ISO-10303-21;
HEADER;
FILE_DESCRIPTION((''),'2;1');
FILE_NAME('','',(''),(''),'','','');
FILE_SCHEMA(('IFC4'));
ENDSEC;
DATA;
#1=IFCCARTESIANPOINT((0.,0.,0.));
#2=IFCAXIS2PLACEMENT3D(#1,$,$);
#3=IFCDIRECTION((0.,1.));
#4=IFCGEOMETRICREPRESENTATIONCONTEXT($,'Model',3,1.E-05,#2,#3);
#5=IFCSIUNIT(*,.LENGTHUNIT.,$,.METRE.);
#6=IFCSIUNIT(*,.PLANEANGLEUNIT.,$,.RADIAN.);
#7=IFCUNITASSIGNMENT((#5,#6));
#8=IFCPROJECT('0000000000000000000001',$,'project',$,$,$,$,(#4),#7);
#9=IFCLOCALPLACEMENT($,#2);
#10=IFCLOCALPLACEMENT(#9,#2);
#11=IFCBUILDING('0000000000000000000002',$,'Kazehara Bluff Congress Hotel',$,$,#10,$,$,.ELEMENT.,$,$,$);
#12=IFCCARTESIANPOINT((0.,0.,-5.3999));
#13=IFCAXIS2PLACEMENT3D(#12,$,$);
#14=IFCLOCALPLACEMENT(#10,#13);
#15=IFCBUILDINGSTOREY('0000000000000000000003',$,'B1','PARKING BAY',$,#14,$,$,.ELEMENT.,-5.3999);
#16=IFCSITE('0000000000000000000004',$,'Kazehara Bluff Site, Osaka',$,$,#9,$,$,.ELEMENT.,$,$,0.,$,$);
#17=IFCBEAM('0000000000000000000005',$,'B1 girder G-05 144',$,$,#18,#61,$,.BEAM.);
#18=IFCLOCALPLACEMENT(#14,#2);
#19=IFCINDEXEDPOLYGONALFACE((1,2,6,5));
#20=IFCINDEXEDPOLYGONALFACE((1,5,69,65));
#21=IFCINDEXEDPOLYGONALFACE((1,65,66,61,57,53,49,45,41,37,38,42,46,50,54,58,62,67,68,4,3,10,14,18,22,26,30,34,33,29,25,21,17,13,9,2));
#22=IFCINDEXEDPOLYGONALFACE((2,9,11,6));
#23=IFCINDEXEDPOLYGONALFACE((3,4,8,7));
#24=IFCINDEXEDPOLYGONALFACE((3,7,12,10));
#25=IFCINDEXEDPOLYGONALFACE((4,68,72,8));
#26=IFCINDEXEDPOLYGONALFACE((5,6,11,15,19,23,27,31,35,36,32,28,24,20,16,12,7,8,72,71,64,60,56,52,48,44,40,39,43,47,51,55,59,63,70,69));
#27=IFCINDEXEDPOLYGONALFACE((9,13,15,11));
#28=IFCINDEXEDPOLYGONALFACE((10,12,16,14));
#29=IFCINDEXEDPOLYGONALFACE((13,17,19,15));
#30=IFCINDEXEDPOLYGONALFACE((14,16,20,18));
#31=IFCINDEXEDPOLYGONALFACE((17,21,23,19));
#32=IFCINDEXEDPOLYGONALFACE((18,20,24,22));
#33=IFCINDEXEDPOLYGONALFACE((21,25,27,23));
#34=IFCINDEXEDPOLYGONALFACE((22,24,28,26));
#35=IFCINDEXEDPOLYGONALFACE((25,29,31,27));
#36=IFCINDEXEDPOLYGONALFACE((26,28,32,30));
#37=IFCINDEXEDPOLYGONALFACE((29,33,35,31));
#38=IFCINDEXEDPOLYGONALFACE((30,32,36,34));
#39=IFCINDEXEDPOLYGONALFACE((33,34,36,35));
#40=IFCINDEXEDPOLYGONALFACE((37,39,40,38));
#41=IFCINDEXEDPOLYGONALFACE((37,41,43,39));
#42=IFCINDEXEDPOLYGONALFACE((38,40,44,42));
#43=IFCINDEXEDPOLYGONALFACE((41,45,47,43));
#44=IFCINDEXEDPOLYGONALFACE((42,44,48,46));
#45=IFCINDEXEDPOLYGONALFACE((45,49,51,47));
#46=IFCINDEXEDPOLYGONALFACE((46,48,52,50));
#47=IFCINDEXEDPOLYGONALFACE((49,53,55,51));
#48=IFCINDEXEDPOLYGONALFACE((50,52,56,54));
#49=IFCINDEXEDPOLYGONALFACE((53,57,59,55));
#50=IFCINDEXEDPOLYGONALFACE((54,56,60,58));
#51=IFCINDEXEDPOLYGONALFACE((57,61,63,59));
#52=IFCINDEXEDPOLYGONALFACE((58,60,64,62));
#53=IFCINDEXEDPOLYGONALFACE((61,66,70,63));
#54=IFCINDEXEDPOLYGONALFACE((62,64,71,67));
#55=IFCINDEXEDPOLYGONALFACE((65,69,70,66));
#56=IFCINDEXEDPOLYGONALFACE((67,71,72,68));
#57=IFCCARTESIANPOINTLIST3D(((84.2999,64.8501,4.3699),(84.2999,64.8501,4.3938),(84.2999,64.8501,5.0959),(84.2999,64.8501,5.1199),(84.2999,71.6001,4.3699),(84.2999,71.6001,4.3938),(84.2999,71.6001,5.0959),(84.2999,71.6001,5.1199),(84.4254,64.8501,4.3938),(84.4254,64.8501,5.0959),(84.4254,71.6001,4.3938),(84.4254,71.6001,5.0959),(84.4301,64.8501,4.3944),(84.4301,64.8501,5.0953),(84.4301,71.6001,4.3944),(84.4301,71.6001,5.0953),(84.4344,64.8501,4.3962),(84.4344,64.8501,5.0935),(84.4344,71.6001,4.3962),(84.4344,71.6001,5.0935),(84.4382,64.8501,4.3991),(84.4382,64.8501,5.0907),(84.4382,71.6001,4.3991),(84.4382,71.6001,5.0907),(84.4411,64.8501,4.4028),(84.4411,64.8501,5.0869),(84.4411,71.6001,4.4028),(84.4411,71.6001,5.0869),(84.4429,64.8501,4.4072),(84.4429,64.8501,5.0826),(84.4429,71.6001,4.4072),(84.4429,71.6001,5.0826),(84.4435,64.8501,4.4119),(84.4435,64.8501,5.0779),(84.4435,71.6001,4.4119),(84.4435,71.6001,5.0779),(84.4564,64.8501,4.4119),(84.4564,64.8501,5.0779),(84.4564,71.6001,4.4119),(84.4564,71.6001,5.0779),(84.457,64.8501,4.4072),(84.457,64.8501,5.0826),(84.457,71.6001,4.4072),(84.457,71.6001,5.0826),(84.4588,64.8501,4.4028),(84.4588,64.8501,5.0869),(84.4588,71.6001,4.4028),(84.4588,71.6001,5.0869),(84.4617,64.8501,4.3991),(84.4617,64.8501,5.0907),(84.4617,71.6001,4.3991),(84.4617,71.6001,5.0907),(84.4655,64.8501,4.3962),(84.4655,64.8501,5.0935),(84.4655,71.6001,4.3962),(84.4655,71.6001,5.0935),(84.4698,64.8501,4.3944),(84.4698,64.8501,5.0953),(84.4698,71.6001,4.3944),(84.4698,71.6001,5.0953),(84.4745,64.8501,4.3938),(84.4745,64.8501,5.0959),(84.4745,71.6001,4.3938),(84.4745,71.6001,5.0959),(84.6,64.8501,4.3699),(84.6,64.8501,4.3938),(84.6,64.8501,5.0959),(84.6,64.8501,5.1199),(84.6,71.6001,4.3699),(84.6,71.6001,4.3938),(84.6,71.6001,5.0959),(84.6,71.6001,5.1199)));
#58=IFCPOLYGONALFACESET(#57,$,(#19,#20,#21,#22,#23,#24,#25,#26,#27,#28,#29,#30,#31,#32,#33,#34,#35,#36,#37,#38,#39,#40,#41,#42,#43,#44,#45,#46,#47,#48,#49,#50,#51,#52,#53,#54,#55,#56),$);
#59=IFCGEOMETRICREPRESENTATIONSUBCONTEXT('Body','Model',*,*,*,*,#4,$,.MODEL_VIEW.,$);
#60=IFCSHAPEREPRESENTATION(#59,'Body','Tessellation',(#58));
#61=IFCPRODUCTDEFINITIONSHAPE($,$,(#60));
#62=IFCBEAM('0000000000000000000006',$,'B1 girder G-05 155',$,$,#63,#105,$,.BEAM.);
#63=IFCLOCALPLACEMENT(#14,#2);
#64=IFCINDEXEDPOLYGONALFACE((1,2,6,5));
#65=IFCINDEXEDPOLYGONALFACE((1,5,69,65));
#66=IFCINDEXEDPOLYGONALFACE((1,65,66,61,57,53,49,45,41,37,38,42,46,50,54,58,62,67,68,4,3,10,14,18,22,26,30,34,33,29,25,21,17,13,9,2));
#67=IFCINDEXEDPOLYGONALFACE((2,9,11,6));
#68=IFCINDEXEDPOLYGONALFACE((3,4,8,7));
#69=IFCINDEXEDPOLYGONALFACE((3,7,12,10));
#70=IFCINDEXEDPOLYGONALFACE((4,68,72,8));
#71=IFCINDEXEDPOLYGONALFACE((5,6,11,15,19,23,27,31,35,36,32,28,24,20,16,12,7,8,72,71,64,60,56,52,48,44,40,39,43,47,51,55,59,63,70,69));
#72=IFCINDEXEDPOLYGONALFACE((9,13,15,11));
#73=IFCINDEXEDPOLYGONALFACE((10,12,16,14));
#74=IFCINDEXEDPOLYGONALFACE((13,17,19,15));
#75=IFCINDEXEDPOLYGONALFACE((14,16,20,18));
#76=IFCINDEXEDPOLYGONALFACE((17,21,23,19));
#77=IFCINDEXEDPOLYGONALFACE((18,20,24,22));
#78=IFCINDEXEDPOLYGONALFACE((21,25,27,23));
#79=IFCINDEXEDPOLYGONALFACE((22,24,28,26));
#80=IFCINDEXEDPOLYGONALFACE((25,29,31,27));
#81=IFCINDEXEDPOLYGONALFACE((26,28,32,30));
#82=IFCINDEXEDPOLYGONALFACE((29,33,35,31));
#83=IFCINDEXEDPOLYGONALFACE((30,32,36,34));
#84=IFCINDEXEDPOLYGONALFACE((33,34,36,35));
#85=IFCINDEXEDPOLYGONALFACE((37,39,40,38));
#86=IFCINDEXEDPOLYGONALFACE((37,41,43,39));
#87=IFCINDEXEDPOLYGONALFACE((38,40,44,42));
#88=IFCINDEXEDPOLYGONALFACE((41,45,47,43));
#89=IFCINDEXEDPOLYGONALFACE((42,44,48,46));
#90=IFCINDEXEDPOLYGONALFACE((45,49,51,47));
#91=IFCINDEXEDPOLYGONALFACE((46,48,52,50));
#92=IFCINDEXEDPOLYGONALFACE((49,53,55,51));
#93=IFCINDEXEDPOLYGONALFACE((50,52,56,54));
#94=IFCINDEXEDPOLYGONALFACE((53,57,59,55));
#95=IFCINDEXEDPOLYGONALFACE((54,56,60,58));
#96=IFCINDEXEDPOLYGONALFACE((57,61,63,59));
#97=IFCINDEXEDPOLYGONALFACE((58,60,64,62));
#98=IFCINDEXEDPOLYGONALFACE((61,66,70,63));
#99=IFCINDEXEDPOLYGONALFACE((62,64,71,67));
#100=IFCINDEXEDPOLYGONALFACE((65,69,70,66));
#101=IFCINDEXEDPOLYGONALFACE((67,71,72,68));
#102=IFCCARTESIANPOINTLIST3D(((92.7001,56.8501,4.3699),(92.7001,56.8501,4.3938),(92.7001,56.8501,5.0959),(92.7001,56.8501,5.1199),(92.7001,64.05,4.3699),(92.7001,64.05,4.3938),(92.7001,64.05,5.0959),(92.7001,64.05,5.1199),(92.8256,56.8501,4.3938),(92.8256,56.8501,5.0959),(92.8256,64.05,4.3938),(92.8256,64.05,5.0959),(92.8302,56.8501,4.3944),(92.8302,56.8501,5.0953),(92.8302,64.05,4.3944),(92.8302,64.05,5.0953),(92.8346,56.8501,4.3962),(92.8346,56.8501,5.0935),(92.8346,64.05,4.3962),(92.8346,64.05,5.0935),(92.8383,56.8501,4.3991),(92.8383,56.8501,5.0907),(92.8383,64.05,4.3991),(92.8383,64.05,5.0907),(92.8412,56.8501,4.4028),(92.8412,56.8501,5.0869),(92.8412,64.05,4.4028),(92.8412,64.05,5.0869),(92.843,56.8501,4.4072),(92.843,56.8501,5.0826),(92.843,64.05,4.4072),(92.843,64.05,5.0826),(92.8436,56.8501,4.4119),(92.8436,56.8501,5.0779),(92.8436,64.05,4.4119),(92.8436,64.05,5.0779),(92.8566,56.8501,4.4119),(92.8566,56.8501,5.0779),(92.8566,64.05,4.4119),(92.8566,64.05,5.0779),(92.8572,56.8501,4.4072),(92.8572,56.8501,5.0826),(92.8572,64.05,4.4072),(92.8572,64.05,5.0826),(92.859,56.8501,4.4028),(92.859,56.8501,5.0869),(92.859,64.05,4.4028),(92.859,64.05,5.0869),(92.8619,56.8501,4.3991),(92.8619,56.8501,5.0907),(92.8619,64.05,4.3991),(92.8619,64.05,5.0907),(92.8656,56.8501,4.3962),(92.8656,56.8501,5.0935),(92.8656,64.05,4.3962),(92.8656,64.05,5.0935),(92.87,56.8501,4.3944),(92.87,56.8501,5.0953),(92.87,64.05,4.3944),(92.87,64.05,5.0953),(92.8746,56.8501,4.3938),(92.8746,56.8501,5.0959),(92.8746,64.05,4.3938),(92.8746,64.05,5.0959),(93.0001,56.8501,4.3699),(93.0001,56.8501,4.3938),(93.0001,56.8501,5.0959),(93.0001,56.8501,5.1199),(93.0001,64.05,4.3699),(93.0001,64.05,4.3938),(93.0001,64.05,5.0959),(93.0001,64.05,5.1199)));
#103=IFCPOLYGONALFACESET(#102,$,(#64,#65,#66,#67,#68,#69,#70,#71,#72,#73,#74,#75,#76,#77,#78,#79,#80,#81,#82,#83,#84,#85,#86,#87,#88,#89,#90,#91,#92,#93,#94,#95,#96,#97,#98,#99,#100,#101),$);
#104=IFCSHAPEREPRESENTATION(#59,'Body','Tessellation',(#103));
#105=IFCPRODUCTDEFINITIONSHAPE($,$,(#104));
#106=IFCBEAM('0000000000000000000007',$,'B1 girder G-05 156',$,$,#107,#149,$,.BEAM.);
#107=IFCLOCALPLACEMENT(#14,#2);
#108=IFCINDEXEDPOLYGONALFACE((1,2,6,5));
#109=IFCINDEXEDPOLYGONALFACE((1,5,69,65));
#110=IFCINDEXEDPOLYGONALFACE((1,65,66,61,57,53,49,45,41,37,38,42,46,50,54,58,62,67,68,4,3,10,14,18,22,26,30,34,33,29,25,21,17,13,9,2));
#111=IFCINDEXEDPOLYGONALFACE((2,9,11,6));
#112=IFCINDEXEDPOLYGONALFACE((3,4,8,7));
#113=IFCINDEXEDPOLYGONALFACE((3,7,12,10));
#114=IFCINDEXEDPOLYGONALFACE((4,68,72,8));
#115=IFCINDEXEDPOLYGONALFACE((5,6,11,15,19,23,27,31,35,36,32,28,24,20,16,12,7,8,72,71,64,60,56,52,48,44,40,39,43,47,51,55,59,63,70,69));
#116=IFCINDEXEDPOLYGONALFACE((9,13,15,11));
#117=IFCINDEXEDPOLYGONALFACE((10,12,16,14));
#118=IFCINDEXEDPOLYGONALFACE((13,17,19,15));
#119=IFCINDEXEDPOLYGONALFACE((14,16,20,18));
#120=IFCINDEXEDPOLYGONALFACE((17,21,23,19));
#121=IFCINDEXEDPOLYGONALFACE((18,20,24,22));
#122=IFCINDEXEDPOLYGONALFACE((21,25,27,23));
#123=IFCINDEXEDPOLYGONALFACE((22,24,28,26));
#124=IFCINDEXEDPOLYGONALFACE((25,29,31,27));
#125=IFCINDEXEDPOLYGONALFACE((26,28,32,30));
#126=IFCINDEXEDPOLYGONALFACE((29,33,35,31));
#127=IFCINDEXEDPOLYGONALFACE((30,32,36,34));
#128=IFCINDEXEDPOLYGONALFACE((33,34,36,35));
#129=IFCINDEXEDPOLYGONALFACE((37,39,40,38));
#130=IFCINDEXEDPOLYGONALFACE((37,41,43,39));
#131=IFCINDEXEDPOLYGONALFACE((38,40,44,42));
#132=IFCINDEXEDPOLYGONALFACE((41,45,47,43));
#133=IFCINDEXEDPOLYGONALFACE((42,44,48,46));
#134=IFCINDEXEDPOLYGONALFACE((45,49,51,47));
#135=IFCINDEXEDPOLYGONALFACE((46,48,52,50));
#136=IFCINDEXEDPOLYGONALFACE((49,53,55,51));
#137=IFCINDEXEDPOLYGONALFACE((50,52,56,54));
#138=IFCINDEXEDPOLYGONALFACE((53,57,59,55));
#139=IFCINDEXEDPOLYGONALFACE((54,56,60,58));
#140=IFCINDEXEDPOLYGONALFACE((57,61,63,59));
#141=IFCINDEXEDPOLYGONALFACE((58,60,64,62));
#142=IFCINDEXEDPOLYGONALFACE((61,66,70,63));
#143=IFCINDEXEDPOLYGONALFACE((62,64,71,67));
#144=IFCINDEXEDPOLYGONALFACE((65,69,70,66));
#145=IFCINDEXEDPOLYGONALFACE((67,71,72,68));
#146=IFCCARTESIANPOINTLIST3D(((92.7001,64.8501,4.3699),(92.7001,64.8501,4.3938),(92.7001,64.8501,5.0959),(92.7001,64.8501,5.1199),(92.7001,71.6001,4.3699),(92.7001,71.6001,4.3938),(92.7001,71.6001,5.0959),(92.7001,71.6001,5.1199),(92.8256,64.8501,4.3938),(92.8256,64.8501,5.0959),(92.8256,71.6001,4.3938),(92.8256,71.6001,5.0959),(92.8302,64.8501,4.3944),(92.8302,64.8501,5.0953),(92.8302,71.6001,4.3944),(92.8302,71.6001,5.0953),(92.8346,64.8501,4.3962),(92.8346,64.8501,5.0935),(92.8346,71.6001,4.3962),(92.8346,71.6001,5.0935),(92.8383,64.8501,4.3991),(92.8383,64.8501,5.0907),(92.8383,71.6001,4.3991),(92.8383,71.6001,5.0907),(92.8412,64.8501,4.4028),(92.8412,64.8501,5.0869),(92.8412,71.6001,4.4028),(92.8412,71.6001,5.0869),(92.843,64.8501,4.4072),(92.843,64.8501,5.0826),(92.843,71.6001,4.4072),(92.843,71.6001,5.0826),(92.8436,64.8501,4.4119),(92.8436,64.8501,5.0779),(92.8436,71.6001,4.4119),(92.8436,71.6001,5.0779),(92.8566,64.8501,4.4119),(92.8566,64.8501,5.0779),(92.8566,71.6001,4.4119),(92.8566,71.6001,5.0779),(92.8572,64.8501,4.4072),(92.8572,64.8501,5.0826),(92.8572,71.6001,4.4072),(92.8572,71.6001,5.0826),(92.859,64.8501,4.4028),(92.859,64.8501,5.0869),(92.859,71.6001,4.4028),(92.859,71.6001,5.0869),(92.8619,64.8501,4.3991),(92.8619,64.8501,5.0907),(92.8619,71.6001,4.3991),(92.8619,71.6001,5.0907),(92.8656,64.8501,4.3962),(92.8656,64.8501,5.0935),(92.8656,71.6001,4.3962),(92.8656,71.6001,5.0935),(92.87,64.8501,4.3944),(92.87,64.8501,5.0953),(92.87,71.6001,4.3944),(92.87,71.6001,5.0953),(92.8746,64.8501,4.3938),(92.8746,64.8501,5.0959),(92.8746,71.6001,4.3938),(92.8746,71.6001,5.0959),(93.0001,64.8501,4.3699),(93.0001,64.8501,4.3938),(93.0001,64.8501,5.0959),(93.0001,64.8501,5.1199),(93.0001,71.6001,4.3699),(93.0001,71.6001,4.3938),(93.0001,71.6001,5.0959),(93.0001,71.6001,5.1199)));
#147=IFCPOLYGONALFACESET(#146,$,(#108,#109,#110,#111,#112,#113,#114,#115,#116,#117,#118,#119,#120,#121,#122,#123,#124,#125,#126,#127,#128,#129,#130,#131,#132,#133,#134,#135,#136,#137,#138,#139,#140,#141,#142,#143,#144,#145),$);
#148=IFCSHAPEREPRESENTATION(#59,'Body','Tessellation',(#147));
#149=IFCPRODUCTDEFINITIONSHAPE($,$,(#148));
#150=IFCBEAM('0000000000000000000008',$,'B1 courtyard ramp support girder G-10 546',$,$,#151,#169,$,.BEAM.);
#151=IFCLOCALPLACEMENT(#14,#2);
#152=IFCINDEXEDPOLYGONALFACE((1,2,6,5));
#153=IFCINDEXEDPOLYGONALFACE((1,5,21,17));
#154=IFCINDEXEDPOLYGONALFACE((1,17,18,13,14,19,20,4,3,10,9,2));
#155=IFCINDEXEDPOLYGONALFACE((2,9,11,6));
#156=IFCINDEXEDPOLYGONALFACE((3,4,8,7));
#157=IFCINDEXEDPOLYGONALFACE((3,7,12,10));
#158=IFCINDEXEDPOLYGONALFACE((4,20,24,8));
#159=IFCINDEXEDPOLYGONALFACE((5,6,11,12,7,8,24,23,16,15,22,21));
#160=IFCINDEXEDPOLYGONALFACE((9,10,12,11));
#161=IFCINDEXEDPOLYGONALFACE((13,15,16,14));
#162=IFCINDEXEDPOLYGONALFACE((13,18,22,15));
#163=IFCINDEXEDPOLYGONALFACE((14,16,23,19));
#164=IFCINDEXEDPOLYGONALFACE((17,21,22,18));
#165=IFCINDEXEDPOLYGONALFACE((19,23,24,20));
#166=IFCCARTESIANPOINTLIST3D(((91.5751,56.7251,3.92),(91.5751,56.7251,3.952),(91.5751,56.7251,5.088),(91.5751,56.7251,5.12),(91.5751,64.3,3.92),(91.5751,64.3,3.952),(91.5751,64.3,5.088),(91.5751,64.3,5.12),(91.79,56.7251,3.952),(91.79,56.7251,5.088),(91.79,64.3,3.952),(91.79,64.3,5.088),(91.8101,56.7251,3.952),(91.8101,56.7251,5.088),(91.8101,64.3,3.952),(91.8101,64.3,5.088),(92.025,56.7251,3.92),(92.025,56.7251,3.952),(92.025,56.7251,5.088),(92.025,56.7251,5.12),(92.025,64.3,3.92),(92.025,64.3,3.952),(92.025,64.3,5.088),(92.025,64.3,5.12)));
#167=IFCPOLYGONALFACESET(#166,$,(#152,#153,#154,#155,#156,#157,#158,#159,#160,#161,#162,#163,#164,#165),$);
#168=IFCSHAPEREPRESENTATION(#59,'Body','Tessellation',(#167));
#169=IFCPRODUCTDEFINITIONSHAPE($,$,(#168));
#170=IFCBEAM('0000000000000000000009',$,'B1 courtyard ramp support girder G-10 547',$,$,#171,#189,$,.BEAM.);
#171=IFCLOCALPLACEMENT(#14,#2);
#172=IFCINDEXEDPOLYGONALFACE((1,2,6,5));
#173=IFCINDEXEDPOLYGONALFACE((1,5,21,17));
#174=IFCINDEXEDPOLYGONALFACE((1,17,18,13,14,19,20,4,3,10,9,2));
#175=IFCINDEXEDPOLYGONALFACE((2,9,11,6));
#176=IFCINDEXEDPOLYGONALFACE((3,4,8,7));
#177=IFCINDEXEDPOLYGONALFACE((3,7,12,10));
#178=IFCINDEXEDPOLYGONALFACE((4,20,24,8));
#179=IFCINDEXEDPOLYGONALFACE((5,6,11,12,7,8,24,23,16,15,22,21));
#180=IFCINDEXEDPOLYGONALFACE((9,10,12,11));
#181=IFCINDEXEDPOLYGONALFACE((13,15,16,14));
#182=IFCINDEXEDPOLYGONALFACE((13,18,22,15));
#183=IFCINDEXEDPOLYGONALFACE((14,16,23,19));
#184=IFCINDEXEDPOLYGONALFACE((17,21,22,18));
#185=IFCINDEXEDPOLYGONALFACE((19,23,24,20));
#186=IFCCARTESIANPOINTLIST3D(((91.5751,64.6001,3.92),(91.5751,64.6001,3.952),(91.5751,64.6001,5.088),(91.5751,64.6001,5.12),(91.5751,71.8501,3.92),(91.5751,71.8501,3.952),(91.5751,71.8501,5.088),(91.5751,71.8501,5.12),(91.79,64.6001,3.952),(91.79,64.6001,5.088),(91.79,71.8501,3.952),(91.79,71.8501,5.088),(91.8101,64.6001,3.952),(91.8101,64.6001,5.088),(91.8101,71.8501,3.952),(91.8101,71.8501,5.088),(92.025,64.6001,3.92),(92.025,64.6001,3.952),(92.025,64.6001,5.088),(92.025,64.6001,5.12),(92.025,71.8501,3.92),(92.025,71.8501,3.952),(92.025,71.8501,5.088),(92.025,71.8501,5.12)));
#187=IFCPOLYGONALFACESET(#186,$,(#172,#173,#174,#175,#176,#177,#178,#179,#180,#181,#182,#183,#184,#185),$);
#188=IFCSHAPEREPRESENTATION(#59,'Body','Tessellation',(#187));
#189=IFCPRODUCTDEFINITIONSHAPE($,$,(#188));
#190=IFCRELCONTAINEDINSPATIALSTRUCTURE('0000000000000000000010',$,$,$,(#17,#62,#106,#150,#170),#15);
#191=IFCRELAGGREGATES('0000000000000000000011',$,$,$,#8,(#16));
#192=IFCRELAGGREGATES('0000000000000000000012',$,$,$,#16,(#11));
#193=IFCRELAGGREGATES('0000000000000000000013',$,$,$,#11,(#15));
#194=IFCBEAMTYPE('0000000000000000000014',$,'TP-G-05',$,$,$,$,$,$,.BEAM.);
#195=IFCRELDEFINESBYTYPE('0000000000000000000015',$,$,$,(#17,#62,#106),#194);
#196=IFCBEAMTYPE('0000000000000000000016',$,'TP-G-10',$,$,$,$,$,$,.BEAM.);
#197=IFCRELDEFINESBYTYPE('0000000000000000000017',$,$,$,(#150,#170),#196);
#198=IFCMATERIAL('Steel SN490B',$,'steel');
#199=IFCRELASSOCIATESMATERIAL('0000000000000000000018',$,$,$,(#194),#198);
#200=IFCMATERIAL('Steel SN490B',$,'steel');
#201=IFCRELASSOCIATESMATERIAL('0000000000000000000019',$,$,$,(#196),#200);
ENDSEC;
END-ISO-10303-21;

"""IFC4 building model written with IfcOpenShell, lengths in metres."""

from ifc_helpers import new_model, si_unit, direction, frame, origin, origin_2d, place, context, subcontext, project, spatial, i_section, extrude, material, material_profile, profile_set, type_object, element, save


model = new_model("IFC4")

# Units and contexts
model_context = context("Model", 3, precision=1e-05, world=origin(), true_north=direction((0.0, 1.0)))
body_context = subcontext(model_context, "Body", "Model", "MODEL_VIEW")
ifc_project = project(units=[si_unit("LENGTHUNIT", "METRE"), si_unit("PLANEANGLEUNIT", "RADIAN")], contexts=[model_context])

# Site, building, storey
site_placement = place(None, origin())
site = spatial("IfcSite", under=ifc_project, at=site_placement, Name="Kazehara Bluff Site, Osaka", CompositionType="ELEMENT", RefElevation=0.0)
building_placement = place(site_placement, origin())
building = spatial("IfcBuilding", under=site, at=building_placement, Name="Kazehara Bluff Congress Hotel", CompositionType="ELEMENT")
storey_placement = place(building_placement, frame((0.0, 0.0, -5.3999)))
storey = spatial("IfcBuildingStorey", under=building, at=storey_placement, Name="B1", Description="PARKING BAY", CompositionType="ELEMENT", Elevation=-5.3999)

# Beams
ifc_material_1 = material(Name="Steel SN490B", Category="steel")
ifc_material_profile_1 = material_profile(ifc_material_1, i_section(OverallWidth=0.3, OverallDepth=0.75, WebThickness=0.0129, FlangeThickness=0.0239, FilletRadius=0.0181, at=origin_2d()))
ifc_profile_set_1 = profile_set([ifc_material_profile_1], Name="Steel SN490B")
beam_type_1 = type_object("IfcBeamType", Name="TP-G-05", PredefinedType="BEAM", material=ifc_profile_set_1)
beam_1_placement = place(storey_placement, frame((84.45, 64.8501, 4.7449), z_axis=(0.0, 1.0, 0.0), x_axis=(-1.0, 0.0, 0.0)))
element("IfcBeam", 1, at=beam_1_placement, inside=storey, type_object=beam_type_1, Name="B1 girder G-05 144", PredefinedType="BEAM", context=body_context, shape_type="SweptSolid", body=[
    extrude(i_section(OverallWidth=0.3, OverallDepth=0.75, WebThickness=0.0129, FlangeThickness=0.0239, FilletRadius=0.0181, at=origin_2d()), origin(), (0.0, 0.0, 1.0), 6.75),
])
beam_2_placement = place(storey_placement, frame((92.8501, 56.8501, 4.7449), z_axis=(0.0, 1.0, 0.0), x_axis=(-1.0, 0.0, 0.0)))
element("IfcBeam", 2, at=beam_2_placement, inside=storey, type_object=beam_type_1, Name="B1 girder G-05 155", PredefinedType="BEAM", context=body_context, shape_type="SweptSolid", body=[
    extrude(i_section(OverallWidth=0.3, OverallDepth=0.75, WebThickness=0.0129, FlangeThickness=0.0239, FilletRadius=0.0181, at=origin_2d()), origin(), (0.0, 0.0, 1.0), 7.2),
])
beam_3_placement = place(storey_placement, frame((92.8501, 64.8501, 4.7449), z_axis=(0.0, 1.0, 0.0), x_axis=(-1.0, 0.0, 0.0)))
element("IfcBeam", 3, at=beam_3_placement, inside=storey, type_object=beam_type_1, Name="B1 girder G-05 156", PredefinedType="BEAM", context=body_context, shape_type="SweptSolid", body=[
    extrude(i_section(OverallWidth=0.3, OverallDepth=0.75, WebThickness=0.0129, FlangeThickness=0.0239, FilletRadius=0.0181, at=origin_2d()), origin(), (0.0, 0.0, 1.0), 6.75),
])
ifc_material_2 = material(Name="Steel SN490B", Category="steel")
ifc_material_profile_2 = material_profile(ifc_material_2, i_section(OverallWidth=0.45, OverallDepth=1.2, WebThickness=0.02, FlangeThickness=0.032, at=origin_2d()))
ifc_profile_set_2 = profile_set([ifc_material_profile_2], Name="Steel SN490B")
beam_type_2 = type_object("IfcBeamType", Name="TP-G-10", PredefinedType="BEAM", material=ifc_profile_set_2)
beam_4_placement = place(storey_placement, frame((91.8, 56.7251, 4.52), z_axis=(0.0, 1.0, 0.0), x_axis=(-1.0, 0.0, 0.0)))
element("IfcBeam", 4, at=beam_4_placement, inside=storey, type_object=beam_type_2, Name="B1 courtyard ramp support girder G-10 546", PredefinedType="BEAM", context=body_context, shape_type="SweptSolid", body=[
    extrude(i_section(OverallWidth=0.45, OverallDepth=1.2, WebThickness=0.02, FlangeThickness=0.032, at=origin_2d()), origin(), (0.0, 0.0, 1.0), 7.575),
])
beam_5_placement = place(storey_placement, frame((91.8, 64.6001, 4.52), z_axis=(0.0, 1.0, 0.0), x_axis=(-1.0, 0.0, 0.0)))
element("IfcBeam", 5, at=beam_5_placement, inside=storey, type_object=beam_type_2, Name="B1 courtyard ramp support girder G-10 547", PredefinedType="BEAM", context=body_context, shape_type="SweptSolid", body=[
    extrude(i_section(OverallWidth=0.45, OverallDepth=1.2, WebThickness=0.02, FlangeThickness=0.032, at=origin_2d()), origin(), (0.0, 0.0, 1.0), 7.25),
])

save(model, "model.ifc")
